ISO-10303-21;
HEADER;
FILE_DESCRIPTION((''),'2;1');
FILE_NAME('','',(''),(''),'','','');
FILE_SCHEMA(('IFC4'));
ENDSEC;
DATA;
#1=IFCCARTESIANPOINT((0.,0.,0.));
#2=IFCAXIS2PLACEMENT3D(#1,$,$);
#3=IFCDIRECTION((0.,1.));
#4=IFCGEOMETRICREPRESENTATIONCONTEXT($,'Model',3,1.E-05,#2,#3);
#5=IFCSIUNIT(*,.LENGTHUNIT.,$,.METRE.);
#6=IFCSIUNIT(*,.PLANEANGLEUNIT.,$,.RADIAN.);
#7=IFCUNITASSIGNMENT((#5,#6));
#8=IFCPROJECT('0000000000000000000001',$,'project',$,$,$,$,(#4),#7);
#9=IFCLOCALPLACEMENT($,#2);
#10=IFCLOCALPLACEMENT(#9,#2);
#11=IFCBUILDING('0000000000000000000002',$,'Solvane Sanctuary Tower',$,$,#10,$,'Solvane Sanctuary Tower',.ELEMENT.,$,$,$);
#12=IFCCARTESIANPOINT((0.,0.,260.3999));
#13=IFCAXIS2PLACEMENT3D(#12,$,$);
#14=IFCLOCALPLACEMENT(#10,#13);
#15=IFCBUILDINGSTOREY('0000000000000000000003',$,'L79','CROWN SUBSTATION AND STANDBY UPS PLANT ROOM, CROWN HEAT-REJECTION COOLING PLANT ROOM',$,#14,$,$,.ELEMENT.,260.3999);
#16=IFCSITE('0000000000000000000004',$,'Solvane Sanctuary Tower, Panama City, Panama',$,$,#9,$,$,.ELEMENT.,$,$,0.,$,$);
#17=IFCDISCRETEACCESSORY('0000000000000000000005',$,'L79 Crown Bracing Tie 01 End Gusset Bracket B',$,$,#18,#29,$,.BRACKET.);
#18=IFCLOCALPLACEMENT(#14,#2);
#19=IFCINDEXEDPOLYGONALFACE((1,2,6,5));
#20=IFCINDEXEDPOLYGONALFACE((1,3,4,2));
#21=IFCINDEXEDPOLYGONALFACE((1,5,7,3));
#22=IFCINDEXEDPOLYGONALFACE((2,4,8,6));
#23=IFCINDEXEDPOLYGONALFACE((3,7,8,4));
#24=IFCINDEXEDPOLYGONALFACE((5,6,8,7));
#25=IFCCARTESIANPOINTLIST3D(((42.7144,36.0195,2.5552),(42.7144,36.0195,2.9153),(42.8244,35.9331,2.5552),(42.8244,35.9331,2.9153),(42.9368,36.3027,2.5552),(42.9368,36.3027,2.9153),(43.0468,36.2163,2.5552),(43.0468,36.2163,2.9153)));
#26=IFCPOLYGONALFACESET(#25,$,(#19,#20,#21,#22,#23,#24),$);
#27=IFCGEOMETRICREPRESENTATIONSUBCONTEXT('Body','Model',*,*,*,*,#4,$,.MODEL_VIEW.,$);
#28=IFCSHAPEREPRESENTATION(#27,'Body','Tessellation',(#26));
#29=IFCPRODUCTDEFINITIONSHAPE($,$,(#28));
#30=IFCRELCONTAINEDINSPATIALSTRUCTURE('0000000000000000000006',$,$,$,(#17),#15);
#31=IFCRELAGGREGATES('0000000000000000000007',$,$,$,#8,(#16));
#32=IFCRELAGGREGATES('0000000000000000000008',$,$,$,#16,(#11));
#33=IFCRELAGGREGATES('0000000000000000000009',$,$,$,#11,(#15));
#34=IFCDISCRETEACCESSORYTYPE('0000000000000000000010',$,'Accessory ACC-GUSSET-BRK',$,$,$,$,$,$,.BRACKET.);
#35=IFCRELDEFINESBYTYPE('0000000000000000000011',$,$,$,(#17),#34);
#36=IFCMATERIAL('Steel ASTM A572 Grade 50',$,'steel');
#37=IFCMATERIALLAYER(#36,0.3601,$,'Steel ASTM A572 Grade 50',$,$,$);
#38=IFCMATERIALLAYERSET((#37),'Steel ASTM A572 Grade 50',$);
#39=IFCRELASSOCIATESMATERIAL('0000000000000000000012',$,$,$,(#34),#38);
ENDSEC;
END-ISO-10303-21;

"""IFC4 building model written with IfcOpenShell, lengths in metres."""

from ifc_helpers import new_model, si_unit, direction, frame, origin, origin_2d, place, context, subcontext, project, spatial, rectangle, extrude, material, layer, layer_set, type_object, element, save


model = new_model("IFC4")

# Units and contexts
model_context = context("Model", 3, precision=1e-05, world=origin(), true_north=direction((0.0, 1.0)))
body_context = subcontext(model_context, "Body", "Model", "MODEL_VIEW")
ifc_project = project(units=[si_unit("LENGTHUNIT", "METRE"), si_unit("PLANEANGLEUNIT", "RADIAN")], contexts=[model_context])

# Site, building, storey
site_placement = place(None, origin())
site = spatial("IfcSite", under=ifc_project, at=site_placement, Name="Solvane Sanctuary Tower, Panama City, Panama", CompositionType="ELEMENT", RefElevation=0.0)
building_placement = place(site_placement, origin())
building = spatial("IfcBuilding", under=site, at=building_placement, Name="Solvane Sanctuary Tower", LongName="Solvane Sanctuary Tower", CompositionType="ELEMENT")
storey_placement = place(building_placement, frame((0.0, 0.0, 260.3999)))
storey = spatial("IfcBuildingStorey", under=building, at=storey_placement, Name="L79", Description="CROWN SUBSTATION AND STANDBY UPS PLANT ROOM, CROWN HEAT-REJECTION COOLING PLANT ROOM", CompositionType="ELEMENT", Elevation=260.3999)

# Shared definitions
ifc_material_1 = material(Name="Steel ASTM A572 Grade 50", Category="steel")

# Discrete accessory
ifc_layer_1 = layer(ifc_material_1, 0.3601, Name="Steel ASTM A572 Grade 50")
ifc_layer_set_1 = layer_set([ifc_layer_1], Name="Steel ASTM A572 Grade 50")
discrete_accessory_type = type_object("IfcDiscreteAccessoryType", Name="Accessory ACC-GUSSET-BRK", PredefinedType="BRACKET", material=ifc_layer_set_1)
discrete_accessory_placement = place(storey_placement, frame((42.8806, 36.1179, 2.5552), z_axis=(0.0, 0.0, 1.0), x_axis=(0.617722, 0.786396, 0.0)))
element("IfcDiscreteAccessory", 1, at=discrete_accessory_placement, inside=storey, type_object=discrete_accessory_type, Name="L79 Crown Bracing Tie 01 End Gusset Bracket B", PredefinedType="BRACKET", context=body_context, shape_type="SweptSolid", body=[
    extrude(rectangle(XDim=0.3601, YDim=0.1399, at=origin_2d()), origin(), (0.0, 0.0, 1.0), 0.3601),
])

save(model, "model.ifc")
